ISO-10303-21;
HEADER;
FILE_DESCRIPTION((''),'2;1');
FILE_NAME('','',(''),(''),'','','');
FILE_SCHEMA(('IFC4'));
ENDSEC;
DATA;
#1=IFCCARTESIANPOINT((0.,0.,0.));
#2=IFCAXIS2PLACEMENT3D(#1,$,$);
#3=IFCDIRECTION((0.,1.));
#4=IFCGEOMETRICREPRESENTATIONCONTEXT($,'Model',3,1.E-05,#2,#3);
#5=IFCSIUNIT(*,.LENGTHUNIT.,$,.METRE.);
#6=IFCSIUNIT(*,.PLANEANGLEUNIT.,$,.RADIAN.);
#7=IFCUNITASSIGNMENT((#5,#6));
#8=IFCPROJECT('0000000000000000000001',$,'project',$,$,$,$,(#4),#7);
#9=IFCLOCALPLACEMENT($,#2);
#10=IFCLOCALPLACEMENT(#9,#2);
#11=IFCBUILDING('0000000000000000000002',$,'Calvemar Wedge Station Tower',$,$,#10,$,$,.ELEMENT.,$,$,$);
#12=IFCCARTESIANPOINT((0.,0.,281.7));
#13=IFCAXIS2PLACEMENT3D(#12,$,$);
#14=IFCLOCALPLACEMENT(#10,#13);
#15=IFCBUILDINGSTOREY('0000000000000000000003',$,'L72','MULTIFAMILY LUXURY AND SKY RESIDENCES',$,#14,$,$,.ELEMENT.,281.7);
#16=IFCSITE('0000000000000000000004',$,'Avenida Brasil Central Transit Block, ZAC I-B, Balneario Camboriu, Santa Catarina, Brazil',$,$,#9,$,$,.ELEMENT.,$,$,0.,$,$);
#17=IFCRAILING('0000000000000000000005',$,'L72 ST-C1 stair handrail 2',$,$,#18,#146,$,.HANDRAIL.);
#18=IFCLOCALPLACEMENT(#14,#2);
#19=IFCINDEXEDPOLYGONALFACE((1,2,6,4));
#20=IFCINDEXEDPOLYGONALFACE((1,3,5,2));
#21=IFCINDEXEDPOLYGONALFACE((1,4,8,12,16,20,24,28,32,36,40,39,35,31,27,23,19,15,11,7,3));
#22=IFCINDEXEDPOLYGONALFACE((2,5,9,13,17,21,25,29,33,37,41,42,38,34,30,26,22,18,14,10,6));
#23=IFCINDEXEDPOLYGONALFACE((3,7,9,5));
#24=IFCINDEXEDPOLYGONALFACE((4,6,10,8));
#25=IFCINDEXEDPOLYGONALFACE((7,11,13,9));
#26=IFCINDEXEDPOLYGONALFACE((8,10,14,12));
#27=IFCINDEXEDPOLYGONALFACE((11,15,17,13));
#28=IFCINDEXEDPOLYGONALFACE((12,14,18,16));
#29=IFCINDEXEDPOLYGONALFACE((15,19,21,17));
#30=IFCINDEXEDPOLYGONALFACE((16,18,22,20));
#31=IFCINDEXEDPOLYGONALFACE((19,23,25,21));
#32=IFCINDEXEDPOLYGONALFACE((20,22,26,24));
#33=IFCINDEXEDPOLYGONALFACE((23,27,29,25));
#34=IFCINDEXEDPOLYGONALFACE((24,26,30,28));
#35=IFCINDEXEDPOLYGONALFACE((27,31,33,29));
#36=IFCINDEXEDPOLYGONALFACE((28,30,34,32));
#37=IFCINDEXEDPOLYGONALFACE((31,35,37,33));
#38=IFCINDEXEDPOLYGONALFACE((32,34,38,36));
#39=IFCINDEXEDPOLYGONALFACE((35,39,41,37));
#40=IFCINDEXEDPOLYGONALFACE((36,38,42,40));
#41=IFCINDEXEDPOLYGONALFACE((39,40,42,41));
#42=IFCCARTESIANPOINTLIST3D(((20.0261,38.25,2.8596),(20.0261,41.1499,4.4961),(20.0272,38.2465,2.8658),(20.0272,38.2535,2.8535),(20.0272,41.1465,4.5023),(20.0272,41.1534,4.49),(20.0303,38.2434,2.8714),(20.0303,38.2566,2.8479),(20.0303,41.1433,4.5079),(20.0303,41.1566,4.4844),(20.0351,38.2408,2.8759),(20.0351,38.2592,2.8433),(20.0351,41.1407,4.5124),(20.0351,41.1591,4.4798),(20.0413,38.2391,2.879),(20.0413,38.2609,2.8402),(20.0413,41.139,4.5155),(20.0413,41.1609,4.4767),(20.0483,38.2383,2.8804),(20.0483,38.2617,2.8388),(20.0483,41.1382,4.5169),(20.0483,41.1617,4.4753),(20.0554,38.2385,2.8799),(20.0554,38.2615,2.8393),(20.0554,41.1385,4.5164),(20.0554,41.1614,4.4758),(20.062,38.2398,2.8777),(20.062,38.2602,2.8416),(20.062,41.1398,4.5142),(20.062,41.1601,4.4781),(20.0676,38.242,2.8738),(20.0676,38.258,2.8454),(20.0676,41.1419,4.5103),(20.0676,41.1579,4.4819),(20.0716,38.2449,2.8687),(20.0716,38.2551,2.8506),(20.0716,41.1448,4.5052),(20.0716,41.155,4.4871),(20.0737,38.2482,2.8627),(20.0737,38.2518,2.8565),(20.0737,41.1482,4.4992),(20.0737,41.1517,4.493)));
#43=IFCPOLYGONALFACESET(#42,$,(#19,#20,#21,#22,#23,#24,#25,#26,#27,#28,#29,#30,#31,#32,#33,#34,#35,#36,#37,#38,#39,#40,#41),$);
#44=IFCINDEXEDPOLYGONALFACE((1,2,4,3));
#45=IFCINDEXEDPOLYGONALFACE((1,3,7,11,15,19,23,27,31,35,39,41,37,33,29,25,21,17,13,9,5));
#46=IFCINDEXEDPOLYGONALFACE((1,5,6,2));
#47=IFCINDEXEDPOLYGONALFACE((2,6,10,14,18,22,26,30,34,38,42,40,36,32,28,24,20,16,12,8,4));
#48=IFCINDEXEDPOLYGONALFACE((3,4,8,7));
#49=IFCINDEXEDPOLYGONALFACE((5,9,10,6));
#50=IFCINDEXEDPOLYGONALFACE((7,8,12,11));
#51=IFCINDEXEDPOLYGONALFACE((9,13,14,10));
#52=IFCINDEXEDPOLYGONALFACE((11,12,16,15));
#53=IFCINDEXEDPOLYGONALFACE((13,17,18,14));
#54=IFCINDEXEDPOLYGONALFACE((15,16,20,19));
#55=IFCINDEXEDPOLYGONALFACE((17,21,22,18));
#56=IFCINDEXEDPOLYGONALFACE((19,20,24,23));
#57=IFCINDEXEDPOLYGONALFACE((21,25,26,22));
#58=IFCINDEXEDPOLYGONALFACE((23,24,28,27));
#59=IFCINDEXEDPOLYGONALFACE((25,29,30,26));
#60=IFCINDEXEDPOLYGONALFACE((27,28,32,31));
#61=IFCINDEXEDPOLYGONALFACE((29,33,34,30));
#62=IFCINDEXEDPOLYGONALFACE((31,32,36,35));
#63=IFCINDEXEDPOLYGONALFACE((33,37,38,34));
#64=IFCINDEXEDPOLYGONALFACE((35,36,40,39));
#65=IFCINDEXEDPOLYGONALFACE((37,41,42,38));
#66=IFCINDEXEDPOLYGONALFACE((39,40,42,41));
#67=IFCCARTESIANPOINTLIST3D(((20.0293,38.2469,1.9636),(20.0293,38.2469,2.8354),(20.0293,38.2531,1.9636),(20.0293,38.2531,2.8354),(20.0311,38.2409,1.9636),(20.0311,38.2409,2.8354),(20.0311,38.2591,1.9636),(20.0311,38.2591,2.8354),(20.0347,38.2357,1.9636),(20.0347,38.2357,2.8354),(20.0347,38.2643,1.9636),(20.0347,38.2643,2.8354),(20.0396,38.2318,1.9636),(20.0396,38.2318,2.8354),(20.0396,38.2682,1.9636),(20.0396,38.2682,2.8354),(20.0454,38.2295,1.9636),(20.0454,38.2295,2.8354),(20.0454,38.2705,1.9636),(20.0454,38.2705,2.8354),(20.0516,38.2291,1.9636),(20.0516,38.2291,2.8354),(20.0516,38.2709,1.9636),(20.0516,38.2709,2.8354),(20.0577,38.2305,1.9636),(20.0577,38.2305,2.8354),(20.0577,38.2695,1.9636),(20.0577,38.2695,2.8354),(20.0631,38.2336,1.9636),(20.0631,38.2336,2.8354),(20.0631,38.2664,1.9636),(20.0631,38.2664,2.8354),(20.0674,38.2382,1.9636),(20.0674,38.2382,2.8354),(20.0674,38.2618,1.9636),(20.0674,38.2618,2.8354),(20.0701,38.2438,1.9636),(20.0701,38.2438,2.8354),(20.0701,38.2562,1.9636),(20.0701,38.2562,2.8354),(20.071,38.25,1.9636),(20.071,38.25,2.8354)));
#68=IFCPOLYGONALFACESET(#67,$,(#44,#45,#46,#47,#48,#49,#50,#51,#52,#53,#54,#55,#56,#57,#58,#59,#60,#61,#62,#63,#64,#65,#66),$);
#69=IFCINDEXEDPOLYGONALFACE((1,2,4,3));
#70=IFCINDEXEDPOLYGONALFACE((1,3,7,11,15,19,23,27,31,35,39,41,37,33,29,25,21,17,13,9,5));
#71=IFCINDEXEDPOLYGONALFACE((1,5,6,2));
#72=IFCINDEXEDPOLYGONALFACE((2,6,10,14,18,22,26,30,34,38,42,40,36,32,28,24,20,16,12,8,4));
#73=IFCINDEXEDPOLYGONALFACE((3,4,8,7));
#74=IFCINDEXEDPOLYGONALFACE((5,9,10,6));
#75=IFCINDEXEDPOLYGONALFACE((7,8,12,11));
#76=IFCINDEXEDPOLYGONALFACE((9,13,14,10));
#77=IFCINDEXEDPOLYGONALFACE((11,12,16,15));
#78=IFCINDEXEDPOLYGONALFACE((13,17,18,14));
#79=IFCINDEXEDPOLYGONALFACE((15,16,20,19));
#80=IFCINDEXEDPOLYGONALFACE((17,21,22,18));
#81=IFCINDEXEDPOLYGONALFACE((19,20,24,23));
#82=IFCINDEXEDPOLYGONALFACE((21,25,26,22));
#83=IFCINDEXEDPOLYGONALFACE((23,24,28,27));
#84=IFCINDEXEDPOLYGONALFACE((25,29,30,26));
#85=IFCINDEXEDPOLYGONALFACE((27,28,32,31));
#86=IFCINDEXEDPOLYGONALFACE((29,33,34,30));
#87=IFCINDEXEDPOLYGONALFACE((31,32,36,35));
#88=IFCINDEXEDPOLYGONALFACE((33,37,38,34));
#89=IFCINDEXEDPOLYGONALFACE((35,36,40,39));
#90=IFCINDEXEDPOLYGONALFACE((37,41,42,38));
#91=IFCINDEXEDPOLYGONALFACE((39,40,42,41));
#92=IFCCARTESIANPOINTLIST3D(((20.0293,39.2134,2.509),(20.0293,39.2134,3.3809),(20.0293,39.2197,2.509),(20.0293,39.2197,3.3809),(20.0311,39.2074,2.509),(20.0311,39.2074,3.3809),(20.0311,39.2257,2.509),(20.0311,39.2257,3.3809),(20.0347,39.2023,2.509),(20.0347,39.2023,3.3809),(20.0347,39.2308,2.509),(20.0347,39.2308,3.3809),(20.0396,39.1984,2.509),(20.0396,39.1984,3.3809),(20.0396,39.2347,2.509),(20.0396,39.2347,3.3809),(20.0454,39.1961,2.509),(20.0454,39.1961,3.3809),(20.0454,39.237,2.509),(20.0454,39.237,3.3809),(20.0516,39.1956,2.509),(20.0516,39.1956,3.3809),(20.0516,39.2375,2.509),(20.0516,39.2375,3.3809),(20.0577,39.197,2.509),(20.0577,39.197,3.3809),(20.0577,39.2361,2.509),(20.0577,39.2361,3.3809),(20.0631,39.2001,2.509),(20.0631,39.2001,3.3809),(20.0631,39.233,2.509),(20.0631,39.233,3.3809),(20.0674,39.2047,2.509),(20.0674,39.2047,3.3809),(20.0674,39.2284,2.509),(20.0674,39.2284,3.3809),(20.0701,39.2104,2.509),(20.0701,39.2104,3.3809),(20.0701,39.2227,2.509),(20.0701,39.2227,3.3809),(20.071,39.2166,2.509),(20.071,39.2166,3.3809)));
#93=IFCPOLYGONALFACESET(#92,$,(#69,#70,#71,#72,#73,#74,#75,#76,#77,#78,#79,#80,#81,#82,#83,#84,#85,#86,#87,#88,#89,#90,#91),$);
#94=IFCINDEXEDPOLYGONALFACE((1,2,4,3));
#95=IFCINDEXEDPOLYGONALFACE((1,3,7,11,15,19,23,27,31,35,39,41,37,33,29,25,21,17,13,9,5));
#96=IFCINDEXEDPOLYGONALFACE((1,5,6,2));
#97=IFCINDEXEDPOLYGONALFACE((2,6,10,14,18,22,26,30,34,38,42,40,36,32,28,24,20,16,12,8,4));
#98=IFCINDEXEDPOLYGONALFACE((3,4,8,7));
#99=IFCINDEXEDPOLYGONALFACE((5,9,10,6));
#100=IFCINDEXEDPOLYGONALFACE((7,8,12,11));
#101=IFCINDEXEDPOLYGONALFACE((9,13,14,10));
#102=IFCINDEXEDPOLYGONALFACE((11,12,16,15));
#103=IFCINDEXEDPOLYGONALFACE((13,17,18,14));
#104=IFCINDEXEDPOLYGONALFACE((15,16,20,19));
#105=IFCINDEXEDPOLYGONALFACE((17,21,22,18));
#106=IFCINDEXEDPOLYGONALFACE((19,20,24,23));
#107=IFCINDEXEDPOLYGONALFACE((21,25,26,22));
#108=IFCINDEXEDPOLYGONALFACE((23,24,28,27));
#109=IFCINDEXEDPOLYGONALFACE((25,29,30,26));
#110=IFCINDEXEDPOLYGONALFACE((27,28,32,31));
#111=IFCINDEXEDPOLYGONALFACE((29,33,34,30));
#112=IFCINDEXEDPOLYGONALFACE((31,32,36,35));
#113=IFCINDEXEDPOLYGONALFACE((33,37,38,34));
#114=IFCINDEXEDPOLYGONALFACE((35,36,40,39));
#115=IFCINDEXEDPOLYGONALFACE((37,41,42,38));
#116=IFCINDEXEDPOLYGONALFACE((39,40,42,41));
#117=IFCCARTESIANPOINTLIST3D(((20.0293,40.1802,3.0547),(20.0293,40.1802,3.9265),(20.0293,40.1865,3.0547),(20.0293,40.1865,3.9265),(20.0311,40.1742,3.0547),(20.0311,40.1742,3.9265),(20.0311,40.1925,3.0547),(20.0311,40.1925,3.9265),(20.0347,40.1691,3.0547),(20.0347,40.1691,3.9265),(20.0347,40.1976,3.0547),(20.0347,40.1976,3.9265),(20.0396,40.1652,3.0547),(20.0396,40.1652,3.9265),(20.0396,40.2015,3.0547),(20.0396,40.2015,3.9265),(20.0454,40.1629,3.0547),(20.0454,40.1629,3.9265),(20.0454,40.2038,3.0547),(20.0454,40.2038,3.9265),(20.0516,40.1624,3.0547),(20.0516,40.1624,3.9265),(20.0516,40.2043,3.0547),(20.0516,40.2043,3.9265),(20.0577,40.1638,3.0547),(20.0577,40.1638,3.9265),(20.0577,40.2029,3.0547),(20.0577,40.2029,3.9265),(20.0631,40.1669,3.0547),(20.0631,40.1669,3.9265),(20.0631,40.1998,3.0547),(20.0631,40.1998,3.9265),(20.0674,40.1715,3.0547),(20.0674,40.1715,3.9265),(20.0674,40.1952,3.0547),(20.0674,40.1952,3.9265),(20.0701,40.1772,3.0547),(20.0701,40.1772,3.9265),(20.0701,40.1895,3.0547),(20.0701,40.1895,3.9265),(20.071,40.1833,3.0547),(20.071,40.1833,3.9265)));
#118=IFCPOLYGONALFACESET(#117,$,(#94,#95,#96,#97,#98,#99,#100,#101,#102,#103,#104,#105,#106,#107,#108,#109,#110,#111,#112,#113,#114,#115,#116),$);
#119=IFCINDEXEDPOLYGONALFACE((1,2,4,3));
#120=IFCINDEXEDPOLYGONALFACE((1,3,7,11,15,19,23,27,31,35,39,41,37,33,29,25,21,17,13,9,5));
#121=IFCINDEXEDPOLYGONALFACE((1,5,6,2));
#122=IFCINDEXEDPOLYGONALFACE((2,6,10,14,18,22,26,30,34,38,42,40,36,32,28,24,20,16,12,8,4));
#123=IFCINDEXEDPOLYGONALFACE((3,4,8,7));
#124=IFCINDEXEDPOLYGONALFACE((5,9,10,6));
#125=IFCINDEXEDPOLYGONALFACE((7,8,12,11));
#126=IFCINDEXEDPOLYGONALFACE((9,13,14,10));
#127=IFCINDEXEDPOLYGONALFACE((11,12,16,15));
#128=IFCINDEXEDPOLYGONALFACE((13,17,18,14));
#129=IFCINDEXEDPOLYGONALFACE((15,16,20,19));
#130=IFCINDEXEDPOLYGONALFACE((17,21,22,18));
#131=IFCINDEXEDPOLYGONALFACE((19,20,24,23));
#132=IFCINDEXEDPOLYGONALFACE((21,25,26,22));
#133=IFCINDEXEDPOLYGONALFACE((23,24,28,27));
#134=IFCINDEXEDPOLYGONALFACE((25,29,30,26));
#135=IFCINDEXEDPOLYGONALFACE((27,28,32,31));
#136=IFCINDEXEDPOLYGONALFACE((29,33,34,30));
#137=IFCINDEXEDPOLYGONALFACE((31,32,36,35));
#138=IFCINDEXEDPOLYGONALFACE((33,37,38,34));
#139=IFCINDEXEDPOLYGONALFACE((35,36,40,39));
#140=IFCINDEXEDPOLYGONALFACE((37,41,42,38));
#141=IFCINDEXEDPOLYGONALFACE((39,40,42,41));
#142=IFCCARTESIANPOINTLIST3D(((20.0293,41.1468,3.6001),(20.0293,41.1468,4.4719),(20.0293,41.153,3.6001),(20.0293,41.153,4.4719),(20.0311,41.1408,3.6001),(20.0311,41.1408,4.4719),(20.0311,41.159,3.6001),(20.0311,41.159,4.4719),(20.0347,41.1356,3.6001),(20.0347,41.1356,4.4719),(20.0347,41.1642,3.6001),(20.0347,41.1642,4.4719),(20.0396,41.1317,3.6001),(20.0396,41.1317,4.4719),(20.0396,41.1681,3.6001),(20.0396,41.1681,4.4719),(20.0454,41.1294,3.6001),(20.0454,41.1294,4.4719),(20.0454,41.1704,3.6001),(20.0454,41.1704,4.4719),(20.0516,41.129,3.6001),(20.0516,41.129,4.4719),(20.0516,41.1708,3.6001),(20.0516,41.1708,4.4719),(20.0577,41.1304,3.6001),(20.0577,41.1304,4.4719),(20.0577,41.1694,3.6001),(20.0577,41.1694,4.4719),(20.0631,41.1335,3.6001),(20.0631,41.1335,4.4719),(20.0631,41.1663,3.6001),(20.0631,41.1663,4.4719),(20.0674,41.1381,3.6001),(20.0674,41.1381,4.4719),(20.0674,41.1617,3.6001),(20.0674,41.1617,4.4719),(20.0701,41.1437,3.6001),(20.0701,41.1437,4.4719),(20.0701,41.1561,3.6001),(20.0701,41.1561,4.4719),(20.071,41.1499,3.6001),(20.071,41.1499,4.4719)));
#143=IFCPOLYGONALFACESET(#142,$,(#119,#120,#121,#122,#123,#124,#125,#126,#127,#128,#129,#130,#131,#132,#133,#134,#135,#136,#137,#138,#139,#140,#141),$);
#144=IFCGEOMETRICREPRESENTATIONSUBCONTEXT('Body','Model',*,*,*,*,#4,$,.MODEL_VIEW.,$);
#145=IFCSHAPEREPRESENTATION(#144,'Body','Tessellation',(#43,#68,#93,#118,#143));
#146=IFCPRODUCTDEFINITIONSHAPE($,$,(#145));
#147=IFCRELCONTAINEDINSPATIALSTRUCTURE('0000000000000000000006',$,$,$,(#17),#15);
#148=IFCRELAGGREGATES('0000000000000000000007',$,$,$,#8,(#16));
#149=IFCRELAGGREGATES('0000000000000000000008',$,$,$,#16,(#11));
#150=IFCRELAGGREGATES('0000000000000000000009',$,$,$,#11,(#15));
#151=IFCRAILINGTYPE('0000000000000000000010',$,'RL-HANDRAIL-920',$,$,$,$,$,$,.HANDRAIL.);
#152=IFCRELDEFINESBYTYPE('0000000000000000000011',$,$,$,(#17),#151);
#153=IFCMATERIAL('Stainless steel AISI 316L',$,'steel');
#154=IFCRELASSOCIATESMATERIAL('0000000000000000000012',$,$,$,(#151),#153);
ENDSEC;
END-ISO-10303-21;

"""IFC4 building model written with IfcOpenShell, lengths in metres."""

from ifc_helpers import new_model, si_unit, direction, frame, origin, origin_2d, place, context, subcontext, project, spatial, circle, extrude, material, type_object, element, save


model = new_model("IFC4")

# Units and contexts
model_context = context("Model", 3, precision=1e-05, world=origin(), true_north=direction((0.0, 1.0)))
body_context = subcontext(model_context, "Body", "Model", "MODEL_VIEW")
ifc_project = project(units=[si_unit("LENGTHUNIT", "METRE"), si_unit("PLANEANGLEUNIT", "RADIAN")], contexts=[model_context])

# Site, building, storey
site_placement = place(None, origin())
site = spatial("IfcSite", under=ifc_project, at=site_placement, Name="Avenida Brasil Central Transit Block, ZAC I-B, Balneario Camboriu, Santa Catarina, Brazil", CompositionType="ELEMENT", RefElevation=0.0)
building_placement = place(site_placement, origin())
building = spatial("IfcBuilding", under=site, at=building_placement, Name="Calvemar Wedge Station Tower", CompositionType="ELEMENT")
storey_placement = place(building_placement, frame((0.0, 0.0, 281.7)))
storey = spatial("IfcBuildingStorey", under=building, at=storey_placement, Name="L72", Description="MULTIFAMILY LUXURY AND SKY RESIDENCES", CompositionType="ELEMENT", Elevation=281.7)

# Railing
ifc_material_1 = material(Name="Stainless steel AISI 316L", Category="steel")
railing_type = type_object("IfcRailingType", Name="RL-HANDRAIL-920", PredefinedType="HANDRAIL", material=ifc_material_1)
railing_placement = place(storey_placement, frame((20.05, 38.25, 1.9636)))
element("IfcRailing", 1, at=railing_placement, inside=storey, type_object=railing_type, Name="L72 ST-C1 stair handrail 2", PredefinedType="HANDRAIL", context=body_context, shape_type="SweptSolid", body=[
    extrude(circle(Radius=0.0239, at=origin_2d()), frame((0.0, 0.0, 0.896), z_axis=(0.0, 0.870897, 0.491465), x_axis=(-1.0, 0.0, 0.0)), (0.0, 0.0, 1.0), 3.3298),
    extrude(circle(Radius=0.021, at=origin_2d()), origin(), (0.0, 0.0, 1.0), 0.8718),
    extrude(circle(Radius=0.021, at=origin_2d()), frame((0.0, 0.9666, 0.5454)), (0.0, 0.0, 1.0), 0.8718),
    extrude(circle(Radius=0.021, at=origin_2d()), frame((0.0, 1.9333, 1.0911)), (0.0, 0.0, 1.0), 0.8718),
    extrude(circle(Radius=0.021, at=origin_2d()), frame((0.0, 2.8999, 1.6365)), (0.0, 0.0, 1.0), 0.8718),
])

save(model, "model.ifc")
